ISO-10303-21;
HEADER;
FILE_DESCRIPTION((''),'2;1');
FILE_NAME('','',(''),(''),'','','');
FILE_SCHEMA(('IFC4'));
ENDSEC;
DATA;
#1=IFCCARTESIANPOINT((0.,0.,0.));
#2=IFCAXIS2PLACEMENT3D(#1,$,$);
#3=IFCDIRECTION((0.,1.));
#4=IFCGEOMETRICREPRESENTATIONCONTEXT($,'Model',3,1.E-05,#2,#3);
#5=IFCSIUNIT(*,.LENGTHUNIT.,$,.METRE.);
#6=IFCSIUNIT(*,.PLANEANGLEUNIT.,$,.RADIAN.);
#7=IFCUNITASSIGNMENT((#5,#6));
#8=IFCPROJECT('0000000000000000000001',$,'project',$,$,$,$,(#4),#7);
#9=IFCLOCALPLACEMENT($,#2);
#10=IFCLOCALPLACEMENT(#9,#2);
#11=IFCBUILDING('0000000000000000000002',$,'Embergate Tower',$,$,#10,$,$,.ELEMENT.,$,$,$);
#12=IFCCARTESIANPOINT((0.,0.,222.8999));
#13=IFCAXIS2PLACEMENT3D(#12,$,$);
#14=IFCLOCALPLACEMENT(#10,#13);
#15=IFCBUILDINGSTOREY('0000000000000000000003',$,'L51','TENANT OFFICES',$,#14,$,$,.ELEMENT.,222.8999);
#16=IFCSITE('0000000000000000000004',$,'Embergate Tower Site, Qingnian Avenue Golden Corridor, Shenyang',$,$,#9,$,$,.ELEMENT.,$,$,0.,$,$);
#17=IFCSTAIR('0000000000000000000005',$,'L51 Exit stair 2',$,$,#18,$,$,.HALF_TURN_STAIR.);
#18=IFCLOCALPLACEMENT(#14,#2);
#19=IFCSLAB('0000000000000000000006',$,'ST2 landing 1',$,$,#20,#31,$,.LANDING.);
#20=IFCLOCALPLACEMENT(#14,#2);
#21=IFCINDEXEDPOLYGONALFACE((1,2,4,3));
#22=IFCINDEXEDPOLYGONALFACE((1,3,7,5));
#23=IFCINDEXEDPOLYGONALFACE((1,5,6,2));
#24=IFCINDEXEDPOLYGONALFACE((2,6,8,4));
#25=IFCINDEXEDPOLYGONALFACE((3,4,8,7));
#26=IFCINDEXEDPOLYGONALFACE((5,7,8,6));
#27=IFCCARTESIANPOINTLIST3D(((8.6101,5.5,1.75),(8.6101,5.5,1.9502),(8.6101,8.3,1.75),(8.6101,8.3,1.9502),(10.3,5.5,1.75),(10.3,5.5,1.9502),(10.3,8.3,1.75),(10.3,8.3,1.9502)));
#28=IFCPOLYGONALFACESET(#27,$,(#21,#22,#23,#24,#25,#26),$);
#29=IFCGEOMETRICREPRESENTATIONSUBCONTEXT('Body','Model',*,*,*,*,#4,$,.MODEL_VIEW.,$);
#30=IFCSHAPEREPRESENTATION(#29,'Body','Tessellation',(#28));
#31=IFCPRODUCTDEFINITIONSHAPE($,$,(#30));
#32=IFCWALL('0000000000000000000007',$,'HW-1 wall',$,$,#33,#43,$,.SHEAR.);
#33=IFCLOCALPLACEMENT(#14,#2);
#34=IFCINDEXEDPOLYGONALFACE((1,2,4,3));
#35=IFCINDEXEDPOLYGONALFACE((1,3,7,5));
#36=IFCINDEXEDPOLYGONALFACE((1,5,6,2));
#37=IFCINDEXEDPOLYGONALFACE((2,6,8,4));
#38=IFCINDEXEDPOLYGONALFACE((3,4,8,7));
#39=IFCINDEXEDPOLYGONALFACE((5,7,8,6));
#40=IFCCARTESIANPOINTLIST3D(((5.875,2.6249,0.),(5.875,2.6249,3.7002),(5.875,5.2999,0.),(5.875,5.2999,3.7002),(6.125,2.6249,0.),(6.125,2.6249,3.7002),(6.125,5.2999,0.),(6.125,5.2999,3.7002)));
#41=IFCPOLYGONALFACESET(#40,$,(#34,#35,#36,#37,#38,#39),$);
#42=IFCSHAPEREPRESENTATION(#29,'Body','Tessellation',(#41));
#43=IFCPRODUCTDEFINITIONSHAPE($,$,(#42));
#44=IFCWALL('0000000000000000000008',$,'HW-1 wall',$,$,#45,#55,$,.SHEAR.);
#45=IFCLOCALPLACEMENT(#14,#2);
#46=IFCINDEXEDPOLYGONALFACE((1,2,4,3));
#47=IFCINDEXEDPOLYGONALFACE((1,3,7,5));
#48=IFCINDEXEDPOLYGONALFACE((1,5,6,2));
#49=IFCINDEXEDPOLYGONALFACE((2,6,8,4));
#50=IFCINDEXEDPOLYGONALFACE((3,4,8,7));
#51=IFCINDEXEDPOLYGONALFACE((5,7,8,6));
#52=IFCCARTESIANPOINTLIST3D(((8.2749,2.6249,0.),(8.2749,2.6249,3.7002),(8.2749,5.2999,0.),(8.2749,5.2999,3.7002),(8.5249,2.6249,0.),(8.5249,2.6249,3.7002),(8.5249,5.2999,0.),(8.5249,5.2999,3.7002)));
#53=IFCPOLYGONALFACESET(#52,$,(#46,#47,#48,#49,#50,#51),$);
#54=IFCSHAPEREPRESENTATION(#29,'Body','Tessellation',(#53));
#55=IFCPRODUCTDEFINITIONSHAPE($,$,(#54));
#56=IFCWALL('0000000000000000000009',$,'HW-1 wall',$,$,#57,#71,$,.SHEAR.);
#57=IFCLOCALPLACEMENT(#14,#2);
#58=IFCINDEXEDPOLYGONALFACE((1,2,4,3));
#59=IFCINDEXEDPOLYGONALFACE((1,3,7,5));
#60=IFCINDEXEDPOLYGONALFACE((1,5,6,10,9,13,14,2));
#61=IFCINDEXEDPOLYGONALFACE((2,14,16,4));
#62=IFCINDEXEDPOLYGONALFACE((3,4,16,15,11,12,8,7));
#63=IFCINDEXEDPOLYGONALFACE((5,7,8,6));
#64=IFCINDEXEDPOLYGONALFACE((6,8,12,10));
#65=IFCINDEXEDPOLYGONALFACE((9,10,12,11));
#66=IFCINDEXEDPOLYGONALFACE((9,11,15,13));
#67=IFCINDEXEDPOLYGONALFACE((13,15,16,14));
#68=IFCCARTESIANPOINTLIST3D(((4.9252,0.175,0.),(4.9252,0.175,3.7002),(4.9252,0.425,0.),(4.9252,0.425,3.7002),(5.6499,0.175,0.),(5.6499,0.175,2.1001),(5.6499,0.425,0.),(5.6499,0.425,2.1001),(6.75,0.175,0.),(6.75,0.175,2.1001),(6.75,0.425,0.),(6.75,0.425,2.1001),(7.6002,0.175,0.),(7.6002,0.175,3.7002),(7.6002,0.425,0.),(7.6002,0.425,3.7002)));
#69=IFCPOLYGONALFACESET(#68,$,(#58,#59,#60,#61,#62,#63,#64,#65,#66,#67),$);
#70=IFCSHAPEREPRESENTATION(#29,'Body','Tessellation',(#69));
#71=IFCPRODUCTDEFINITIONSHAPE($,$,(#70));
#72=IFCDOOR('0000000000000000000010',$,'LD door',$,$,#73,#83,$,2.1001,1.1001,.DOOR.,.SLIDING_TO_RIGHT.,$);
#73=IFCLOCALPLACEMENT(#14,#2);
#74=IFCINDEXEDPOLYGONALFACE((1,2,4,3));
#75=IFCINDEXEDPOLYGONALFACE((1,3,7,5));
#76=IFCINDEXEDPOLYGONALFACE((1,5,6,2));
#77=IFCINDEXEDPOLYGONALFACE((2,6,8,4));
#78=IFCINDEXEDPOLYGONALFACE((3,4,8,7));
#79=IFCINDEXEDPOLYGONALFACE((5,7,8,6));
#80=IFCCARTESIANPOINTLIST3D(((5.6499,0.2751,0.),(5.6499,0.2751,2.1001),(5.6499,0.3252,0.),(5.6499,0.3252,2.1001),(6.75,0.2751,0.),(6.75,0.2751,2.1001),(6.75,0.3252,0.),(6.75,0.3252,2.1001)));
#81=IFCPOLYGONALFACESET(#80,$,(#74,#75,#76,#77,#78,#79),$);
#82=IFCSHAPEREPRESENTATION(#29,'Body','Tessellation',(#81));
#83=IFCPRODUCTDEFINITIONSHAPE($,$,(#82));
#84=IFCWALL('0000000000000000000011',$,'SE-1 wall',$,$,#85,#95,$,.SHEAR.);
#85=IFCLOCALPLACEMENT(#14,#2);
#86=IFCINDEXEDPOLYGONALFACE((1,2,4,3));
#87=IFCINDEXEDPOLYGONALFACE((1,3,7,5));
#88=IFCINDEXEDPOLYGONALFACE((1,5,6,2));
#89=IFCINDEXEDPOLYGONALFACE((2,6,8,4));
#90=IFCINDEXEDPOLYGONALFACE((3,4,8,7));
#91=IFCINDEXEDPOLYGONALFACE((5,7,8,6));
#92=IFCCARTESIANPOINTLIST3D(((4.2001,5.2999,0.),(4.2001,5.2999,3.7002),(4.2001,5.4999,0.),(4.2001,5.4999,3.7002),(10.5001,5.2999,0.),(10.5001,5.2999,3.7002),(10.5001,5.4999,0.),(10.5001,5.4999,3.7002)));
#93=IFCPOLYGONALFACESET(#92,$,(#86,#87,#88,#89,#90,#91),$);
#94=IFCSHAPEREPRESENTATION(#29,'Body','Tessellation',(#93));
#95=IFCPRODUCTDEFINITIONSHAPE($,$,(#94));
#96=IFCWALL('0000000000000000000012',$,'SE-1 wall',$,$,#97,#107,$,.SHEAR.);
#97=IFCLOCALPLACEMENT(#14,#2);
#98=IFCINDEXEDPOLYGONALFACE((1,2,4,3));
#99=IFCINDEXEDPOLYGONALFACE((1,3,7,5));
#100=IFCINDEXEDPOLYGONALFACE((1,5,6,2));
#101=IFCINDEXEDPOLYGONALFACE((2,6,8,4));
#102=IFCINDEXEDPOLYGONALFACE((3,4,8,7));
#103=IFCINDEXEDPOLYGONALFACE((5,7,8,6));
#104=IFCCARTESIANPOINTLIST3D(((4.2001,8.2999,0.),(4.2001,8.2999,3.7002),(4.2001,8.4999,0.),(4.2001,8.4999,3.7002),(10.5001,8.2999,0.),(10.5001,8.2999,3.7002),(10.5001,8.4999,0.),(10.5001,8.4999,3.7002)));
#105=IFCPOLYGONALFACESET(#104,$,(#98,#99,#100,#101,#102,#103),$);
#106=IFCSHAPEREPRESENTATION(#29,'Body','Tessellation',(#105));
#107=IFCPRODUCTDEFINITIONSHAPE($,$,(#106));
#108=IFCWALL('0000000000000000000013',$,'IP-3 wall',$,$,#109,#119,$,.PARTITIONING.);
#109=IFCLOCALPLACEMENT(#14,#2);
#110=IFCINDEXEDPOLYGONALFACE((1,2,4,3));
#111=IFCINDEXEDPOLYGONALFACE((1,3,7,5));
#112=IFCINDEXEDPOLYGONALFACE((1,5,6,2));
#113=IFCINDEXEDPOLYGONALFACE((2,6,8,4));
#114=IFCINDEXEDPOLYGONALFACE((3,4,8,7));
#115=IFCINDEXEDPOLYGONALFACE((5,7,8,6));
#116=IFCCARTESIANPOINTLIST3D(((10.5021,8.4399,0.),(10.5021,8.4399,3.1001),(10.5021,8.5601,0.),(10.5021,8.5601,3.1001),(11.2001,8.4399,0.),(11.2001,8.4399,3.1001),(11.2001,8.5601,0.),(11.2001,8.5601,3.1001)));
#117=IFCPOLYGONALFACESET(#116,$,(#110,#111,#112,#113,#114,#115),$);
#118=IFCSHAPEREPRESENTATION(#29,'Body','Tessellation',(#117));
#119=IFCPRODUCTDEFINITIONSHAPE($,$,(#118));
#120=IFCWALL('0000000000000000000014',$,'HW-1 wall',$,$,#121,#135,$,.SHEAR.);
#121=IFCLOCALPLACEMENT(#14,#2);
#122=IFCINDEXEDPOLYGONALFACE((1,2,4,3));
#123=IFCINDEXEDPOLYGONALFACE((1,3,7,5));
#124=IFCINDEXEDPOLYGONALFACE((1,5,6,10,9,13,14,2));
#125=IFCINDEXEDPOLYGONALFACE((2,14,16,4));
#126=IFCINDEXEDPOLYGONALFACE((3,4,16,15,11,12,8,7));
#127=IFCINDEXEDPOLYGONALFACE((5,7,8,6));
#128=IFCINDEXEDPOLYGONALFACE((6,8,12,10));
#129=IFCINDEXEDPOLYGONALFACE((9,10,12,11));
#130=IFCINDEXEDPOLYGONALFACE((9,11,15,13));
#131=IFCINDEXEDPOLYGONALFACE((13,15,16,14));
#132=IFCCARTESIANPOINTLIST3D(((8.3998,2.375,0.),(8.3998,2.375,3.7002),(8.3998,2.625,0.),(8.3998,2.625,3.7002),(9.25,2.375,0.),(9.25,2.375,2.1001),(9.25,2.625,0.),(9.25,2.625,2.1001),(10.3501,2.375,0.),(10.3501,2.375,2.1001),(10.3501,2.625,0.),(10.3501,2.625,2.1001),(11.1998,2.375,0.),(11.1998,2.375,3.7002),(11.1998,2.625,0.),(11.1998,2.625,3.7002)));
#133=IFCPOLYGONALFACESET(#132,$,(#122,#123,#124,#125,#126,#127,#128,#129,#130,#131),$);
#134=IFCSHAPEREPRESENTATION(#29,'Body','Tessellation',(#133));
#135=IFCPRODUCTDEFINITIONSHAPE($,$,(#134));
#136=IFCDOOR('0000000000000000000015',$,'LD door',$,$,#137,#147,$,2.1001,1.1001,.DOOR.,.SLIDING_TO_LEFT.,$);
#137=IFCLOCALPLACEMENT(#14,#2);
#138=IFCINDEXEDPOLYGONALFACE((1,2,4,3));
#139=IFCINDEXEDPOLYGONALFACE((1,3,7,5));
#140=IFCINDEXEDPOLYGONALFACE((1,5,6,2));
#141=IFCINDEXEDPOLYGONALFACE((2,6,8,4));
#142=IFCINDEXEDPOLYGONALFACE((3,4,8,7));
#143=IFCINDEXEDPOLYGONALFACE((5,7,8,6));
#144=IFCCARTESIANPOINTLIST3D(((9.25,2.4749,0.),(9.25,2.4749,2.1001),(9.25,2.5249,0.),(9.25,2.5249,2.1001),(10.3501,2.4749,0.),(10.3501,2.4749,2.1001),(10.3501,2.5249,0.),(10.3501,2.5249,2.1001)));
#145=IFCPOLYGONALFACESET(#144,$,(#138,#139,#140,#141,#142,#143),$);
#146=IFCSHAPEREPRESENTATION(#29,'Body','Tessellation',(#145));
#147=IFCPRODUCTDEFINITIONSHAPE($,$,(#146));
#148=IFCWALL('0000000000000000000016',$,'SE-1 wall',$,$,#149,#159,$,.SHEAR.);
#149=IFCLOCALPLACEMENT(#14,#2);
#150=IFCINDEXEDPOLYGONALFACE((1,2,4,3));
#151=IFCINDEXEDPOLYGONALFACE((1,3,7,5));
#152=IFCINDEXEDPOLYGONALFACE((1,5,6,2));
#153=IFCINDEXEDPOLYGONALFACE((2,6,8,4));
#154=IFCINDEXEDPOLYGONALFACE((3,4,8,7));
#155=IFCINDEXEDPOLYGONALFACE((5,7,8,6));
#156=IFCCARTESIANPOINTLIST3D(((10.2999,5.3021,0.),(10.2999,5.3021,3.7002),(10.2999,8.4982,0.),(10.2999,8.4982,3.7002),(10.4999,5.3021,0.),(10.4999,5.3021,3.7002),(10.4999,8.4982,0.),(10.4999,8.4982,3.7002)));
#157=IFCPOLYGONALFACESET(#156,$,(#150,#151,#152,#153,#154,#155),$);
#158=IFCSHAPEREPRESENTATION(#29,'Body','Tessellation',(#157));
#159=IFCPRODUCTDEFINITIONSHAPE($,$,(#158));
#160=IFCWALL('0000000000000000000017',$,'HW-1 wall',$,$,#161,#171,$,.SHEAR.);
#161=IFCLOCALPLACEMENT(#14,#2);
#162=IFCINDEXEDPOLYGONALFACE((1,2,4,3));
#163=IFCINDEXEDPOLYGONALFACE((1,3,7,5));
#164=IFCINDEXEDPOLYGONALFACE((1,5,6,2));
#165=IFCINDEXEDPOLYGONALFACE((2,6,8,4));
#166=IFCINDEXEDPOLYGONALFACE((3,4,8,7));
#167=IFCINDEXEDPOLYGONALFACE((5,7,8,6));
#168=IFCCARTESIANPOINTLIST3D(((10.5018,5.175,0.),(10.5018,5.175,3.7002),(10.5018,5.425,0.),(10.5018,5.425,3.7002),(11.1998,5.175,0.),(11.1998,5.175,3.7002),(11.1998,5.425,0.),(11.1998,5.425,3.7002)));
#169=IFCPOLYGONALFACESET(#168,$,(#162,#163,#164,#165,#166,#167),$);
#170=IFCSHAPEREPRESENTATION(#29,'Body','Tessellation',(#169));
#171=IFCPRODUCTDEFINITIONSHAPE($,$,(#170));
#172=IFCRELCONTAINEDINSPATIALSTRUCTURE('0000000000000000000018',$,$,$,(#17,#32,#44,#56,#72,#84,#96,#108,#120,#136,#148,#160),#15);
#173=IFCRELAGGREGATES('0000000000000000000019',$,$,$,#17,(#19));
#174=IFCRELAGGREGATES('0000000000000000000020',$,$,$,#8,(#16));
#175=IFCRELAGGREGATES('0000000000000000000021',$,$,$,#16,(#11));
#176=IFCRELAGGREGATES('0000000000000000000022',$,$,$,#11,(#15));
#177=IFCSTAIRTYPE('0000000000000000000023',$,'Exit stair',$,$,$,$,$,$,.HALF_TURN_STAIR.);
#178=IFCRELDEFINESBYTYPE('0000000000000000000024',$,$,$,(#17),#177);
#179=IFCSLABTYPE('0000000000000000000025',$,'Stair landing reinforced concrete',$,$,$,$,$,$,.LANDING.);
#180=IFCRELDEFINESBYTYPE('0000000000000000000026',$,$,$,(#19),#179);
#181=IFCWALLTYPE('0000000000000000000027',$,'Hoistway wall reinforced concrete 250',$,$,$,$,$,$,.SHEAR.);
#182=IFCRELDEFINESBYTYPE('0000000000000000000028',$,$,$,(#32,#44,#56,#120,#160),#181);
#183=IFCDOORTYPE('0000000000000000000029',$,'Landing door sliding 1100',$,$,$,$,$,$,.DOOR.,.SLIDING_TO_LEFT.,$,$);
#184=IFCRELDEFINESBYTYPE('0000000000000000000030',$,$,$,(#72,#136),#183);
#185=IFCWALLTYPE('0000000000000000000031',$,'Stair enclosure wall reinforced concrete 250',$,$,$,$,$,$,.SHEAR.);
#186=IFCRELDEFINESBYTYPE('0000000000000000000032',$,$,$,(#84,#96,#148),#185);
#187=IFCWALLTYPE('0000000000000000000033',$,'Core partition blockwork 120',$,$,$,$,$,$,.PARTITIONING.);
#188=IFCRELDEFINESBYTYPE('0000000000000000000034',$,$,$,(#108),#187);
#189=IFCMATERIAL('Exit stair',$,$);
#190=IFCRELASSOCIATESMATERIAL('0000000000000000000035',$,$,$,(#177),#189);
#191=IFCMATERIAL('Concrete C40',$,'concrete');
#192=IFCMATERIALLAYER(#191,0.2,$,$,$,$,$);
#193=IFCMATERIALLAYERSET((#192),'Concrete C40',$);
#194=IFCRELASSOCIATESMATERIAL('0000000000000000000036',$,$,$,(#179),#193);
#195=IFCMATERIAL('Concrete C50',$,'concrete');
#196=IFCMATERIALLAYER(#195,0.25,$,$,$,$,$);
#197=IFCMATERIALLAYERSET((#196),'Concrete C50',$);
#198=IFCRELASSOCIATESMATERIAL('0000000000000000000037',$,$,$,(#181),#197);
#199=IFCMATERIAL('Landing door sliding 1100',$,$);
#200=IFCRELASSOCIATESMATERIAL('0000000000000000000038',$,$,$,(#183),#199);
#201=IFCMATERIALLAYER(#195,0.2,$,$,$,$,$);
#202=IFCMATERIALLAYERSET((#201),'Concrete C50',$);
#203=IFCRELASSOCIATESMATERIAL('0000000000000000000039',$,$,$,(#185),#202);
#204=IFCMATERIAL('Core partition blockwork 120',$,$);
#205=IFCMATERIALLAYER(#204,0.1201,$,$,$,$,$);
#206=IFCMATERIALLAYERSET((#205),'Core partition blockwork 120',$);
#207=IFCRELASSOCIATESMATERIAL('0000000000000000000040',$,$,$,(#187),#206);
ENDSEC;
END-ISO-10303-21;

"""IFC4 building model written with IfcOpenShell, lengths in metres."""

from ifc_helpers import new_model, si_unit, direction, frame, frame_2d, origin, place, context, subcontext, project, spatial, polyline, rectangle, outline, extrude, source, transform, mapped, material, layer, layer_set, type_object, element, fill, aggregate, save


model = new_model("IFC4")

# Units and contexts
model_context = context("Model", 3, precision=1e-05, world=origin(), true_north=direction((0.0, 1.0)))
body_context = subcontext(model_context, "Body", "Model", "MODEL_VIEW")
ifc_project = project(units=[si_unit("LENGTHUNIT", "METRE"), si_unit("PLANEANGLEUNIT", "RADIAN")], contexts=[model_context])

# Site, building, storey
site_placement = place(None, origin())
site = spatial("IfcSite", under=ifc_project, at=site_placement, Name="Embergate Tower Site, Qingnian Avenue Golden Corridor, Shenyang", CompositionType="ELEMENT", RefElevation=0.0)
building_placement = place(site_placement, origin())
building = spatial("IfcBuilding", under=site, at=building_placement, Name="Embergate Tower", CompositionType="ELEMENT")
storey_placement = place(building_placement, frame((0.0, 0.0, 222.8999)))
storey = spatial("IfcBuildingStorey", under=building, at=storey_placement, Name="L51", Description="TENANT OFFICES", CompositionType="ELEMENT", Elevation=222.8999)

# Stair, slab
ifc_material_1 = material(Name="Exit stair")
stair_type = type_object("IfcStairType", Name="Exit stair", PredefinedType="HALF_TURN_STAIR", material=ifc_material_1)
stair_placement = place(storey_placement, origin())
stair = element("IfcStair", 1, at=stair_placement, inside=storey, type_object=stair_type, Name="L51 Exit stair 2", PredefinedType="HALF_TURN_STAIR")
ifc_material_2 = material(Name="Concrete C40", Category="concrete")
ifc_layer_1 = layer(ifc_material_2, 0.2)
ifc_layer_set_1 = layer_set([ifc_layer_1], Name="Concrete C40")
slab_type = type_object("IfcSlabType", Name="Stair landing reinforced concrete", PredefinedType="LANDING", material=ifc_layer_set_1)
shared_shape_1 = source(origin(), body_context, "Body", "SweptSolid", [
    extrude(outline(polyline([(0.0, 0.0), (1.6899, 0.0), (1.6899, 2.8), (0.0, 2.8), (0.0, 0.0)])), origin(), (0.0, 0.0, 1.0), 0.2002),
])
slab_placement = place(storey_placement, frame((8.6101, 5.5, 1.75)))
slab = element("IfcSlab", 2, at=slab_placement, type_object=slab_type, Name="ST2 landing 1", PredefinedType="LANDING", context=body_context, shape_type="MappedRepresentation", body=[
    mapped(shared_shape_1, transform((0.0, 0.0, 0.0))),
])

# Walls
ifc_material_3 = material(Name="Concrete C50", Category="concrete")
ifc_layer_2 = layer(ifc_material_3, 0.25)
ifc_layer_set_2 = layer_set([ifc_layer_2], Name="Concrete C50")
wall_type_1 = type_object("IfcWallType", Name="Hoistway wall reinforced concrete 250", PredefinedType="SHEAR", material=ifc_layer_set_2)
shared_shape_2 = source(origin(), body_context, "Body", "SweptSolid", [
    extrude(rectangle(XDim=2.675, YDim=0.25, at=frame_2d((1.3374, 0.0))), origin(), (0.0, 0.0, 1.0), 3.7002),
])
for number, where, z_axis, x_axis, name in (
    (3, (6.0, 2.625, 0.0), (0.0, 0.0, 1.0), (0.0, 1.0, 0.0), "HW-1 wall"),
    (4, (8.3999, 2.625, 0.0), (0.0, 0.0, 1.0), (0.0, 1.0, 0.0), "HW-1 wall"),
):
    element("IfcWall", number, at=place(storey_placement, frame(where, z_axis=z_axis, x_axis=x_axis)), inside=storey, type_object=wall_type_1, Name=name, PredefinedType="SHEAR", context=body_context, shape_type="MappedRepresentation", body=[
        mapped(shared_shape_2, transform((0.0, 0.0, 0.0))),
    ])

# Wall, opening, door
wall_1_placement = place(storey_placement, frame((7.6001, 0.3, 0.0), z_axis=(0.0, 0.0, 1.0), x_axis=(-1.0, 0.0, 0.0)))
wall_1 = element("IfcWall", 5, at=wall_1_placement, inside=storey, type_object=wall_type_1, Name="HW-1 wall", PredefinedType="SHEAR", context=body_context, shape_type="MappedRepresentation", body=[
    mapped(shared_shape_2, transform((0.0, 0.0, 0.0))),
])
shared_shape_3 = source(origin(), body_context, "Body", "SweptSolid", [
    extrude(rectangle(XDim=1.1001, YDim=2.1001, at=frame_2d((0.55, 1.05))), frame((0.0, 0.135, 0.0), z_axis=(0.0, -1.0, 0.0), x_axis=(1.0, 0.0, 0.0)), (0.0, 0.0, 1.0), 0.27),
])
opening_1_placement = place(wall_1_placement, frame((0.8501, 0.0, 0.0)))
opening_1 = element("IfcOpeningElement", 6, at=opening_1_placement, cuts=wall_1, PredefinedType="OPENING", context=body_context, shape_type="MappedRepresentation", body=[
    mapped(shared_shape_3, transform((0.0, 0.0, 0.0))),
])
ifc_material_4 = material(Name="Landing door sliding 1100")
door_type_1 = type_object("IfcDoorType", Name="Landing door sliding 1100", OperationType="SLIDING_TO_LEFT", PredefinedType="DOOR", material=ifc_material_4)
shared_shape_4 = source(origin(), body_context, "Body", "SweptSolid", [
    extrude(rectangle(XDim=1.1001, YDim=2.1001, at=frame_2d((0.55, 1.05))), frame((0.0, 0.0249, 0.0), z_axis=(0.0, -1.0, 0.0), x_axis=(1.0, 0.0, 0.0)), (0.0, 0.0, 1.0), 0.05),
])
door_1_placement = place(opening_1_placement, origin())
door_1 = element("IfcDoor", 7, at=door_1_placement, inside=storey, type_object=door_type_1, Name="LD door", OperationType="SLIDING_TO_RIGHT", OverallHeight=2.1001, OverallWidth=1.1001, PredefinedType="DOOR", context=body_context, shape_type="MappedRepresentation", body=[
    mapped(shared_shape_4, transform((0.0, 0.0, 0.0))),
])
fill(opening_1, door_1)

# Walls
ifc_layer_3 = layer(ifc_material_3, 0.2)
ifc_layer_set_3 = layer_set([ifc_layer_3], Name="Concrete C50")
wall_type_2 = type_object("IfcWallType", Name="Stair enclosure wall reinforced concrete 250", PredefinedType="SHEAR", material=ifc_layer_set_3)
shared_shape_5 = source(origin(), body_context, "Body", "SweptSolid", [
    extrude(rectangle(XDim=6.3, YDim=0.2, at=frame_2d((3.1499, 0.0))), origin(), (0.0, 0.0, 1.0), 3.7002),
])
for number, where, z_axis, x_axis, name in (
    (8, (10.5, 5.3999, 0.0), (0.0, 0.0, 1.0), (-1.0, 0.0, 0.0), "SE-1 wall"),
    (9, (10.5, 8.3999, 0.0), (0.0, 0.0, 1.0), (-1.0, 0.0, 0.0), "SE-1 wall"),
):
    element("IfcWall", number, at=place(storey_placement, frame(where, z_axis=z_axis, x_axis=x_axis)), inside=storey, type_object=wall_type_2, Name=name, PredefinedType="SHEAR", context=body_context, shape_type="MappedRepresentation", body=[
        mapped(shared_shape_5, transform((0.0, 0.0, 0.0))),
    ])
ifc_material_5 = material(Name="Core partition blockwork 120")
ifc_layer_4 = layer(ifc_material_5, 0.1201)
ifc_layer_set_4 = layer_set([ifc_layer_4], Name="Core partition blockwork 120")
wall_type_3 = type_object("IfcWallType", Name="Core partition blockwork 120", PredefinedType="PARTITIONING", material=ifc_layer_set_4)
shared_shape_6 = source(origin(), body_context, "Body", "SweptSolid", [
    extrude(rectangle(XDim=0.698, YDim=0.1201, at=frame_2d((0.3491, 0.0))), origin(), (0.0, 0.0, 1.0), 3.1001),
])
wall_2_placement = place(storey_placement, frame((10.502, 8.5, 0.0), z_axis=(0.0, 0.0, 1.0), x_axis=(1.0, 0.0, 0.0)))
element("IfcWall", 10, at=wall_2_placement, inside=storey, type_object=wall_type_3, Name="IP-3 wall", PredefinedType="PARTITIONING", context=body_context, shape_type="MappedRepresentation", body=[
    mapped(shared_shape_6, transform((0.0, 0.0, 0.0))),
])

# Wall, opening, door
shared_shape_7 = source(origin(), body_context, "Body", "SweptSolid", [
    extrude(rectangle(XDim=2.8, YDim=0.25, at=frame_2d((1.3999, 0.0))), origin(), (0.0, 0.0, 1.0), 3.7002),
])
wall_3_placement = place(storey_placement, frame((8.3999, 2.5, 0.0), z_axis=(0.0, 0.0, 1.0), x_axis=(1.0, 0.0, 0.0)))
wall_3 = element("IfcWall", 11, at=wall_3_placement, inside=storey, type_object=wall_type_1, Name="HW-1 wall", PredefinedType="SHEAR", context=body_context, shape_type="MappedRepresentation", body=[
    mapped(shared_shape_7, transform((0.0, 0.0, 0.0))),
])
opening_2_placement = place(wall_3_placement, frame((0.8501, 0.0, 0.0)))
opening_2 = element("IfcOpeningElement", 12, at=opening_2_placement, cuts=wall_3, PredefinedType="OPENING", context=body_context, shape_type="MappedRepresentation", body=[
    mapped(shared_shape_3, transform((0.0, 0.0, 0.0))),
])
door_2_placement = place(opening_2_placement, origin())
door_2 = element("IfcDoor", 13, at=door_2_placement, inside=storey, type_object=door_type_1, Name="LD door", OperationType="SLIDING_TO_LEFT", OverallHeight=2.1001, OverallWidth=1.1001, PredefinedType="DOOR", context=body_context, shape_type="MappedRepresentation", body=[
    mapped(shared_shape_4, transform((0.0, 0.0, 0.0))),
])
fill(opening_2, door_2)

# Walls
shared_shape_8 = source(origin(), body_context, "Body", "SweptSolid", [
    extrude(rectangle(XDim=3.196, YDim=0.2, at=frame_2d((1.5981, 0.0))), origin(), (0.0, 0.0, 1.0), 3.7002),
])
wall_4_placement = place(storey_placement, frame((10.3999, 5.302, 0.0), z_axis=(0.0, 0.0, 1.0), x_axis=(0.0, 1.0, 0.0)))
element("IfcWall", 14, at=wall_4_placement, inside=storey, type_object=wall_type_2, Name="SE-1 wall", PredefinedType="SHEAR", context=body_context, shape_type="MappedRepresentation", body=[
    mapped(shared_shape_8, transform((0.0, 0.0, 0.0))),
])
shared_shape_9 = source(origin(), body_context, "Body", "SweptSolid", [
    extrude(rectangle(XDim=0.698, YDim=0.25, at=frame_2d((0.3491, 0.0))), origin(), (0.0, 0.0, 1.0), 3.7002),
])
wall_5_placement = place(storey_placement, frame((11.2, 5.3, 0.0), z_axis=(0.0, 0.0, 1.0), x_axis=(-1.0, 0.0, 0.0)))
element("IfcWall", 15, at=wall_5_placement, inside=storey, type_object=wall_type_1, Name="HW-1 wall", PredefinedType="SHEAR", context=body_context, shape_type="MappedRepresentation", body=[
    mapped(shared_shape_9, transform((0.0, 0.0, 0.0))),
])

aggregate(stair, [slab])

save(model, "model.ifc")
